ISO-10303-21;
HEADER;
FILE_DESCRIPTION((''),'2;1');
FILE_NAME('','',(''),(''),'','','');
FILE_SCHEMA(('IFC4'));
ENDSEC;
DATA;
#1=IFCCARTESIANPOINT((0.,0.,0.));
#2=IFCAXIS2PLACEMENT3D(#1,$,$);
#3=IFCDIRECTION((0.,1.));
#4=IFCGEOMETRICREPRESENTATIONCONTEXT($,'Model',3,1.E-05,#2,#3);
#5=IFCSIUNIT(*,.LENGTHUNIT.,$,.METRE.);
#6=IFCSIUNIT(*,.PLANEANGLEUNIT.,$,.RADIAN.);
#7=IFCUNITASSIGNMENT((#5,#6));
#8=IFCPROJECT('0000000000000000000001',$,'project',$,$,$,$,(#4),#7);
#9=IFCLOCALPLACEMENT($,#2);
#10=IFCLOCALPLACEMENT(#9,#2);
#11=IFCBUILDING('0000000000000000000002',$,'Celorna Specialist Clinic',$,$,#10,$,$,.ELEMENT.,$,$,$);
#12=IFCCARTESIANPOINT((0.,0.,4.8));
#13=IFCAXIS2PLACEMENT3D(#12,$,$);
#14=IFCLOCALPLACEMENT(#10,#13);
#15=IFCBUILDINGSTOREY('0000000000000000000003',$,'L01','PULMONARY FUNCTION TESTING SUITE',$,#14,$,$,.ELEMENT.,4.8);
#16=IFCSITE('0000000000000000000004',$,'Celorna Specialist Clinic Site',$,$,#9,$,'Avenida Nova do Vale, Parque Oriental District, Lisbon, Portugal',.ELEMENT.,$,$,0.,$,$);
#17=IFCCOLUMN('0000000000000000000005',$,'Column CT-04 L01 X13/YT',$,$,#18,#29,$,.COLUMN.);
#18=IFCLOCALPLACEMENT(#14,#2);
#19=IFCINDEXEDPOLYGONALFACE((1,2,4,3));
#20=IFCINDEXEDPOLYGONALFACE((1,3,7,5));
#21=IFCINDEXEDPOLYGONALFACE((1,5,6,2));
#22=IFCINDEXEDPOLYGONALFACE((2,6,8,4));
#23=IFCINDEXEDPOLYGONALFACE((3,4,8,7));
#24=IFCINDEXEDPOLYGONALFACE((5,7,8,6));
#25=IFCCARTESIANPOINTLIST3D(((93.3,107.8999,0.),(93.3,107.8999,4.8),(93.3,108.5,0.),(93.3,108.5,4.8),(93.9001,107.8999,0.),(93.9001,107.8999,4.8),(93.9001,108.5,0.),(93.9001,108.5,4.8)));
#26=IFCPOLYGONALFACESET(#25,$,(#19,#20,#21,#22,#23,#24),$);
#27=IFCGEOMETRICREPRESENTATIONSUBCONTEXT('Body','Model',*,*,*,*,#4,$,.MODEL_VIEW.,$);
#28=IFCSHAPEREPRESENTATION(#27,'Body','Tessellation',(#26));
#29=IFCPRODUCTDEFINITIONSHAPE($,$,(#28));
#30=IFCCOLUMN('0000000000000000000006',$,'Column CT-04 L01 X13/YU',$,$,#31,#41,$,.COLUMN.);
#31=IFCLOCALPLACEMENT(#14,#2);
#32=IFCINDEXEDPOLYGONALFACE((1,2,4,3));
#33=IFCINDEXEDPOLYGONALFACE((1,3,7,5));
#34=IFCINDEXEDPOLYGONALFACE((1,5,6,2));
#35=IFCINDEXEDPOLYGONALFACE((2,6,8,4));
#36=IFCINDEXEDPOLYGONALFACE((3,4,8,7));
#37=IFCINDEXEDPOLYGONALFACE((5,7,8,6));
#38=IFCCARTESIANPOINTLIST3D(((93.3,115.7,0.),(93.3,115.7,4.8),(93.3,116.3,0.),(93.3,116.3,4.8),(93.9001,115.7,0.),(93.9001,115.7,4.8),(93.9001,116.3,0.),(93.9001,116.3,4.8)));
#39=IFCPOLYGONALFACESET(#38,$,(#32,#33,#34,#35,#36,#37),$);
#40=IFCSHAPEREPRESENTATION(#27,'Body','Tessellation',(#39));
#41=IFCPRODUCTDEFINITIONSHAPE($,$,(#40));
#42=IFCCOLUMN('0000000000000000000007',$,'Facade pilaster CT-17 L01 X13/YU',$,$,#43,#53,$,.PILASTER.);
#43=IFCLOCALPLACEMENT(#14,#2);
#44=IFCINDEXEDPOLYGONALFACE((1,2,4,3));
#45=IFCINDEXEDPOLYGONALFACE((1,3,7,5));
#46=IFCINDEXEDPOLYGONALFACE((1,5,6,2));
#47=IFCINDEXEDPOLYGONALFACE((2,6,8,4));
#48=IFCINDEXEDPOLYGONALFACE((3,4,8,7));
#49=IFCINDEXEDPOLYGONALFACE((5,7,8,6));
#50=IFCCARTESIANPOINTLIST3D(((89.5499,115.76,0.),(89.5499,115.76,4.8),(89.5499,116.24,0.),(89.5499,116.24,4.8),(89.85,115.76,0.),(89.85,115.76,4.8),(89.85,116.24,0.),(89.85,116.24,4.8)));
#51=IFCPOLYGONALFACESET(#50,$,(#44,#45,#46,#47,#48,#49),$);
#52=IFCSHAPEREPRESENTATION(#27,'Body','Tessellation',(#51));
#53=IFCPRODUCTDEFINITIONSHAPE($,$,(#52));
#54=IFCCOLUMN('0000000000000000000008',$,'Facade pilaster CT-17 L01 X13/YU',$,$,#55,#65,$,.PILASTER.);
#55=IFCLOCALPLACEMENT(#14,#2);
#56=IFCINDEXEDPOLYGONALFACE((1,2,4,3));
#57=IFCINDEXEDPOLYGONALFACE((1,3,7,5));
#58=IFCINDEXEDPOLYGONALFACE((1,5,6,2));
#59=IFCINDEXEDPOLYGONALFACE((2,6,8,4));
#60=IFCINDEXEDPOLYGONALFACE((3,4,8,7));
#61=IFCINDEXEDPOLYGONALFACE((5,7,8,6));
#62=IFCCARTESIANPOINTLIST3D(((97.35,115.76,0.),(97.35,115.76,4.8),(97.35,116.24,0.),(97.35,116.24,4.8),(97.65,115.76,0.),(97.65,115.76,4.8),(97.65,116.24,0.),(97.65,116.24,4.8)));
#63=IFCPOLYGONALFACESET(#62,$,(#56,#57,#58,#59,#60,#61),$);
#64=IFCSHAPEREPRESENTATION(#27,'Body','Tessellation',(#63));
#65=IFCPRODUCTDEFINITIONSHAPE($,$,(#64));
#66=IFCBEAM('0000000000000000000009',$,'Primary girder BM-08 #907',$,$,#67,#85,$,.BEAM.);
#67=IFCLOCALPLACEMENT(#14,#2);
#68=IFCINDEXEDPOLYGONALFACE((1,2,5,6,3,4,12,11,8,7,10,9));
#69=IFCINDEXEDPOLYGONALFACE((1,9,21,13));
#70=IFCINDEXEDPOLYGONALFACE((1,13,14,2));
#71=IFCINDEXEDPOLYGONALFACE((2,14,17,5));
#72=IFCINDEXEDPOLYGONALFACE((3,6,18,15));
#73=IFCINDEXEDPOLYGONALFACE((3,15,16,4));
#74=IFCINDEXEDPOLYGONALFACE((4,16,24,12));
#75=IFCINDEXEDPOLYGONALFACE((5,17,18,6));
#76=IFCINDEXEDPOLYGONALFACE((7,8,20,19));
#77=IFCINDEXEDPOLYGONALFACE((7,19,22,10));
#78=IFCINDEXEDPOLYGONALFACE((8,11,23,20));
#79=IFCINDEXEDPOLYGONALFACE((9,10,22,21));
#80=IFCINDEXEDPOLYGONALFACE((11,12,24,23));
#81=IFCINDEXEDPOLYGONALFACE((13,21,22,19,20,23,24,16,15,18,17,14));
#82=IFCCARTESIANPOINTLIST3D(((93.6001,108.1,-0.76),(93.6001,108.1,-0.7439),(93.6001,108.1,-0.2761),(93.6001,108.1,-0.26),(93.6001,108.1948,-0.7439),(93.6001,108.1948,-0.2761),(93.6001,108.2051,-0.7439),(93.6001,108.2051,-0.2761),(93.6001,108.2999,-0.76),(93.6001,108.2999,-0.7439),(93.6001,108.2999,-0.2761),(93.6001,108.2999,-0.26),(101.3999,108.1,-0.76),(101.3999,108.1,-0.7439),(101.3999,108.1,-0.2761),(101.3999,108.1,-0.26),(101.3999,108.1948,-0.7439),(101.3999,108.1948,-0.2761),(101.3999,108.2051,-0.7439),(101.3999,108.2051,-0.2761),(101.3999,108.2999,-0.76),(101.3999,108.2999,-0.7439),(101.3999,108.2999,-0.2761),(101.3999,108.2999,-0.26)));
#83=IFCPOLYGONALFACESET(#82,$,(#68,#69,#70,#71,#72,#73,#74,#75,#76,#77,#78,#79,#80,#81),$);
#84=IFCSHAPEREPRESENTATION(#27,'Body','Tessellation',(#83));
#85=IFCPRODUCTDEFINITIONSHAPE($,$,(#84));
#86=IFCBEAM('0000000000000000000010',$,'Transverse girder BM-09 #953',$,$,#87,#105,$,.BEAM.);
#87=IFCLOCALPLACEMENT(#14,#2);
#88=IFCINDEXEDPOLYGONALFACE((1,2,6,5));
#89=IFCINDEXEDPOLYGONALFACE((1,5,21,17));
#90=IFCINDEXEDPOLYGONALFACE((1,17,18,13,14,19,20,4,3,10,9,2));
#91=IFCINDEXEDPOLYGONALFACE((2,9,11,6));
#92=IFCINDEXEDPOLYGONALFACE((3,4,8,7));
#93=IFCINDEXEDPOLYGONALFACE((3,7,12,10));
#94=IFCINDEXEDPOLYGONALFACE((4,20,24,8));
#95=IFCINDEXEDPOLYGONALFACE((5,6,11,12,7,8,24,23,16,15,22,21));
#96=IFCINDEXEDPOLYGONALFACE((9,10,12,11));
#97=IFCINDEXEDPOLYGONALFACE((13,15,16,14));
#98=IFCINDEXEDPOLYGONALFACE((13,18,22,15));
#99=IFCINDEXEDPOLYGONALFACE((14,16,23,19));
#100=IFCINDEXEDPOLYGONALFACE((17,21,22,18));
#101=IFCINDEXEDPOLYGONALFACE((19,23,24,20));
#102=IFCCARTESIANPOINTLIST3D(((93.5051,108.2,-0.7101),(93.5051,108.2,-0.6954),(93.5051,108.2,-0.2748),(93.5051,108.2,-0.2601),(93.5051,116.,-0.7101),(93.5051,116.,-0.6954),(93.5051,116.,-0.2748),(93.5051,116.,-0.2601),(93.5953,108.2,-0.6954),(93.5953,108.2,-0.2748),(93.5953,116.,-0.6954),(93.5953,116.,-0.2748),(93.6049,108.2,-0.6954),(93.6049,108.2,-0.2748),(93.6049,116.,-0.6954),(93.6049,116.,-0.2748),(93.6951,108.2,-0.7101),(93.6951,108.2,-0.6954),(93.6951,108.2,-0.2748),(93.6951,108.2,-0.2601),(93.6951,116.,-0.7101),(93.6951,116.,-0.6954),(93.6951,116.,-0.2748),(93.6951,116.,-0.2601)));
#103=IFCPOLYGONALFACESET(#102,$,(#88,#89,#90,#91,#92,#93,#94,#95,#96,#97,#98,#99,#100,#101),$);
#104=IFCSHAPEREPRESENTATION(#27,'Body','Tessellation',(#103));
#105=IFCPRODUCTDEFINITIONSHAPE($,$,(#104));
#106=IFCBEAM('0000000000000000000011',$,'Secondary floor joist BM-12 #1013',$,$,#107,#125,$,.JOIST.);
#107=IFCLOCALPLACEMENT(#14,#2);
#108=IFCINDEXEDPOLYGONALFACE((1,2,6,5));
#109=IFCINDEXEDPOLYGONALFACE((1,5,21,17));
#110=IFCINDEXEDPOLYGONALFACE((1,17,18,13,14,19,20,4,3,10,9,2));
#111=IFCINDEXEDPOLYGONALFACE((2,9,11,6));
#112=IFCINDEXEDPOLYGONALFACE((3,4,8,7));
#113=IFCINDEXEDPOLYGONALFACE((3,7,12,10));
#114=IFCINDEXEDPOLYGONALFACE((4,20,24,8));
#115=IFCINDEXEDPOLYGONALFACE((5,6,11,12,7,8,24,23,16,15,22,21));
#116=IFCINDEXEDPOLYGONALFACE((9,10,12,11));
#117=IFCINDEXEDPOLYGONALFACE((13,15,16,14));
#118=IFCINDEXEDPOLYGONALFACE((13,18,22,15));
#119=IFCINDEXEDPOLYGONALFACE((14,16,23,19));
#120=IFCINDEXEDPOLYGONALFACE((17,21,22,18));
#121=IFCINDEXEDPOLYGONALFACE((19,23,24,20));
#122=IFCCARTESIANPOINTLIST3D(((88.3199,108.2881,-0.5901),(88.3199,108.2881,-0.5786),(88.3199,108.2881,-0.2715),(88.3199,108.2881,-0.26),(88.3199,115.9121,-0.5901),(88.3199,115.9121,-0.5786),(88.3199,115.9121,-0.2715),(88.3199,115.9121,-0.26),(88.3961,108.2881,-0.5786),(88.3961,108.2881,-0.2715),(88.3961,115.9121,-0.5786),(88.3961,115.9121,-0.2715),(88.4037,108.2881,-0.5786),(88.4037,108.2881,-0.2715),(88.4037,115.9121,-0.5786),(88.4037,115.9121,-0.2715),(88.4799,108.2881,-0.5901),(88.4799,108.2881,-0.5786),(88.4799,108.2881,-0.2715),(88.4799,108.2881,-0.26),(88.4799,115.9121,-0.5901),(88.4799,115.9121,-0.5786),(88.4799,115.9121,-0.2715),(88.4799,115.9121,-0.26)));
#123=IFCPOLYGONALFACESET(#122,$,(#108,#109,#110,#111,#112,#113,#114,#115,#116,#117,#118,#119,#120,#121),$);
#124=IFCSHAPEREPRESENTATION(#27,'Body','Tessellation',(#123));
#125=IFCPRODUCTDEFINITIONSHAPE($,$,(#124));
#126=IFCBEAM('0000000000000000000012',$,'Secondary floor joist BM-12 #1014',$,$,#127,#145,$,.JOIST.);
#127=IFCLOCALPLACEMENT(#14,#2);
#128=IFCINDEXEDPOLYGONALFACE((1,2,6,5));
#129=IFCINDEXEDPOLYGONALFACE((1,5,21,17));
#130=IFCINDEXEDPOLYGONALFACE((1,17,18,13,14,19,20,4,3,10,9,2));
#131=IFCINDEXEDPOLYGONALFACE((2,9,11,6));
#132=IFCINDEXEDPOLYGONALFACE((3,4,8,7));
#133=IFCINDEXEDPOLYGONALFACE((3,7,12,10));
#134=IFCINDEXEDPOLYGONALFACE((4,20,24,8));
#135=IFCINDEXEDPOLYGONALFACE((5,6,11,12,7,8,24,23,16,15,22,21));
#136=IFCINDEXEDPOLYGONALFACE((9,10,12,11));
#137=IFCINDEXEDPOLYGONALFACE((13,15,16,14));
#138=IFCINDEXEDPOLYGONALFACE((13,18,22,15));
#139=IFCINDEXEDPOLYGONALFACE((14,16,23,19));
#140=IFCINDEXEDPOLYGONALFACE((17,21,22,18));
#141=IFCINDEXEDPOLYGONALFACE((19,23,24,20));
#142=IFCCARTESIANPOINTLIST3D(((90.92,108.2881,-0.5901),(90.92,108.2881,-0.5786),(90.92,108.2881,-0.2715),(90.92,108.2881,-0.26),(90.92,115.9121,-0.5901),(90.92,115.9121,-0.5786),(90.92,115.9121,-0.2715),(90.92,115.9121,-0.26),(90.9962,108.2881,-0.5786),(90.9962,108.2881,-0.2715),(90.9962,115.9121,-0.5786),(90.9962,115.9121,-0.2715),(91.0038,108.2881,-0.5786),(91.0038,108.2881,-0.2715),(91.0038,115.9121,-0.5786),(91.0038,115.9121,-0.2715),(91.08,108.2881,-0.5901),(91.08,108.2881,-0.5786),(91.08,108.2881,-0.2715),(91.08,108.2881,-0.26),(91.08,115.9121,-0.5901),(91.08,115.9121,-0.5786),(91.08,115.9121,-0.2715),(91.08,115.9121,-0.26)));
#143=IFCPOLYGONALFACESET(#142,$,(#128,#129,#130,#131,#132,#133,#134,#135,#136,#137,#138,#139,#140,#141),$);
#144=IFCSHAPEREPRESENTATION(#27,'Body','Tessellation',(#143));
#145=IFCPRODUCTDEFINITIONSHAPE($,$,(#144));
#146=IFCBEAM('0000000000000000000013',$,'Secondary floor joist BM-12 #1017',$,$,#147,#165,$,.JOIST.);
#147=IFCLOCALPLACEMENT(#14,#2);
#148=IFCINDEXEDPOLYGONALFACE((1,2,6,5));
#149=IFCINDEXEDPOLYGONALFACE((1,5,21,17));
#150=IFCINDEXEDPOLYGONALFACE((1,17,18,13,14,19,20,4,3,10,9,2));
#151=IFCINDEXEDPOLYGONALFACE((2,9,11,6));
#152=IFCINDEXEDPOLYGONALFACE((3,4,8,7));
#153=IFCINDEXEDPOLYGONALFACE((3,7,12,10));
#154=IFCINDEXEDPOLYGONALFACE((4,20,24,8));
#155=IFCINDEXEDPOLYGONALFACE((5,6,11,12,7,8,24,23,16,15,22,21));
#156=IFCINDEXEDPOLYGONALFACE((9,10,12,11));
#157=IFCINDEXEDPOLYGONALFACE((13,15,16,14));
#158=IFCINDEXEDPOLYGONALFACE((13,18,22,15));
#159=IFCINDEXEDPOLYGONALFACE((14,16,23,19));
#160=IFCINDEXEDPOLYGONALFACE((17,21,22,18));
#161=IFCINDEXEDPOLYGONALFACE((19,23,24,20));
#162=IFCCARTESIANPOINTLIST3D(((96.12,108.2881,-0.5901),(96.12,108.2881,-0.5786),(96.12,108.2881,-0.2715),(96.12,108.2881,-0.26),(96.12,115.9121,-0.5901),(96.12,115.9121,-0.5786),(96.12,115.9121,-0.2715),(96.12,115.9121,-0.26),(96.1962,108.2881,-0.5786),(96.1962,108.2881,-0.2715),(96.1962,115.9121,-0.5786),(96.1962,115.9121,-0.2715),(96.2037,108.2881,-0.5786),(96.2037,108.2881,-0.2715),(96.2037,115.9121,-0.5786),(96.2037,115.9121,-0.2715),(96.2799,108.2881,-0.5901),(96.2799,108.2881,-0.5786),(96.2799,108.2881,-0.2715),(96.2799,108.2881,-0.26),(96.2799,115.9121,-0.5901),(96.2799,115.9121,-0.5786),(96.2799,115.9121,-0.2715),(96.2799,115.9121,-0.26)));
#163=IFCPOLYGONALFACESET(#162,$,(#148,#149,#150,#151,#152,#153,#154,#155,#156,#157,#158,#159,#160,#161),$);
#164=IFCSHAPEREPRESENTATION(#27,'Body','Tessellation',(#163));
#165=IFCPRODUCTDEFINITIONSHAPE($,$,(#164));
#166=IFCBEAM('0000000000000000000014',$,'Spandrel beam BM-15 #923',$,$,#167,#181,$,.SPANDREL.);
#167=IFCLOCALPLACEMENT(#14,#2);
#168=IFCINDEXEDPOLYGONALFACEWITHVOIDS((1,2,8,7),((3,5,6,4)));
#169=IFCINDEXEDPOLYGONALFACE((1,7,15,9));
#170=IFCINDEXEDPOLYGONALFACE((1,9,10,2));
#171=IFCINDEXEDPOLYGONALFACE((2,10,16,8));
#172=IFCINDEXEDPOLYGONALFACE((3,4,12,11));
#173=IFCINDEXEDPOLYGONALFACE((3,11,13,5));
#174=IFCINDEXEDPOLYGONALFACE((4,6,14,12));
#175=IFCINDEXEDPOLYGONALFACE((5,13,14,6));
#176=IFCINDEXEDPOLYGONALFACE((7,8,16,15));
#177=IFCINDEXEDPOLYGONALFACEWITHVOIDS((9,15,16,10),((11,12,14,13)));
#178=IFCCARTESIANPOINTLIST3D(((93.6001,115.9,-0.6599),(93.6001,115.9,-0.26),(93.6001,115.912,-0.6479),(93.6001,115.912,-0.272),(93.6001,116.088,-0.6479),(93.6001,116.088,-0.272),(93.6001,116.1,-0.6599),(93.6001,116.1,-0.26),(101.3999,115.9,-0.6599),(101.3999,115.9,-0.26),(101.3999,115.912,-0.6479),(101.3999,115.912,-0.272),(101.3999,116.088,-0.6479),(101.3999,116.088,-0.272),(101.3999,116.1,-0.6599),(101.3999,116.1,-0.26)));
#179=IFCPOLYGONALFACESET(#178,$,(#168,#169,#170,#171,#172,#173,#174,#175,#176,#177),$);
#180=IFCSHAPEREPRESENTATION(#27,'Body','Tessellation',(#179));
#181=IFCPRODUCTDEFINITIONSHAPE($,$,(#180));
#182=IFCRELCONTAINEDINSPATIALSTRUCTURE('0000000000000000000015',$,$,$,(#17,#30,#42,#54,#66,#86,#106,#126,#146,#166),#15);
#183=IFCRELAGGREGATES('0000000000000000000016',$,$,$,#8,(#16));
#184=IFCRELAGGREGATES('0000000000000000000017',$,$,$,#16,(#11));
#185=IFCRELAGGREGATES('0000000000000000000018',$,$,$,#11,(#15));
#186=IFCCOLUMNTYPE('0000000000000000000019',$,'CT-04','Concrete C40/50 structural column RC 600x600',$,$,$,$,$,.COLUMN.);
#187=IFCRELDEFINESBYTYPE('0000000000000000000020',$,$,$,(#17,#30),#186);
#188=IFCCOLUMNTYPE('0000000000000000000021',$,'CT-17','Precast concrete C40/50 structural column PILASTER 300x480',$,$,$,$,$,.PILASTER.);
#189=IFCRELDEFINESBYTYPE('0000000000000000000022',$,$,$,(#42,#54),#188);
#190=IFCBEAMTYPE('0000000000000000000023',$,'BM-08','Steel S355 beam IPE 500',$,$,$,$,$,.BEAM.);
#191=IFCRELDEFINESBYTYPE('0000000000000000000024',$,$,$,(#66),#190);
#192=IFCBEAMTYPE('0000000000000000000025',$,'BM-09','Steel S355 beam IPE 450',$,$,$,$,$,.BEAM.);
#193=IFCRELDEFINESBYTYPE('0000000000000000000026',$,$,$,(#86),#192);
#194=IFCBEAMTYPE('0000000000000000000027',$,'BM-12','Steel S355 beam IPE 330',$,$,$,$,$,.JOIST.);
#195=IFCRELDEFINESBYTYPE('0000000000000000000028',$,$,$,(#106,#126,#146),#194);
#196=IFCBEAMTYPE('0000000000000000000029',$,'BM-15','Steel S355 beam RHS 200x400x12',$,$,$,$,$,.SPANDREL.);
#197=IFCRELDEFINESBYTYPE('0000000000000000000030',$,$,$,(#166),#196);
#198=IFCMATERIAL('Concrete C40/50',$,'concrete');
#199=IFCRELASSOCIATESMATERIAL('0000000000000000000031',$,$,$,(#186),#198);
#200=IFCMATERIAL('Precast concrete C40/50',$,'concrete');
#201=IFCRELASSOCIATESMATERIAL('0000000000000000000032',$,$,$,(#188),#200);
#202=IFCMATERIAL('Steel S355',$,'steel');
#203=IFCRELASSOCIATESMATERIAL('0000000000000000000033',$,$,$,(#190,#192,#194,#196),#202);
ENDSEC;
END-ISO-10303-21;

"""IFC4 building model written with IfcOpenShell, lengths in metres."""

from ifc_helpers import new_model, si_unit, direction, frame, origin, origin_2d, place, context, subcontext, project, spatial, rectangle, hollow_rectangle, i_section, extrude, material, material_profile, profile_set, type_object, element, save


model = new_model("IFC4")

# Units and contexts
model_context = context("Model", 3, precision=1e-05, world=origin(), true_north=direction((0.0, 1.0)))
body_context = subcontext(model_context, "Body", "Model", "MODEL_VIEW")
ifc_project = project(units=[si_unit("LENGTHUNIT", "METRE"), si_unit("PLANEANGLEUNIT", "RADIAN")], contexts=[model_context])

# Site, building, storey
site_placement = place(None, origin())
site = spatial("IfcSite", under=ifc_project, at=site_placement, Name="Celorna Specialist Clinic Site", LongName="Avenida Nova do Vale, Parque Oriental District, Lisbon, Portugal", CompositionType="ELEMENT", RefElevation=0.0)
building_placement = place(site_placement, origin())
building = spatial("IfcBuilding", under=site, at=building_placement, Name="Celorna Specialist Clinic", CompositionType="ELEMENT")
storey_placement = place(building_placement, frame((0.0, 0.0, 4.8)))
storey = spatial("IfcBuildingStorey", under=building, at=storey_placement, Name="L01", Description="PULMONARY FUNCTION TESTING SUITE", CompositionType="ELEMENT", Elevation=4.8)

# Columns
ifc_material_1 = material(Name="Concrete C40/50", Category="concrete")
ifc_material_profile_1 = material_profile(ifc_material_1, rectangle(XDim=0.6001, YDim=0.6001, at=origin_2d()), Name="RC 600x600")
ifc_profile_set_1 = profile_set([ifc_material_profile_1], Name="Concrete C40/50")
column_type_1 = type_object("IfcColumnType", Name="CT-04", Description="Concrete C40/50 structural column RC 600x600", PredefinedType="COLUMN", material=ifc_profile_set_1)
for number, where, z_axis, x_axis, name in (
    (1, (93.6001, 108.2, 0.0), (0.0, 0.0, 1.0), (1.0, 0.0, 0.0), "Column CT-04 L01 X13/YT"),
    (2, (93.6001, 116.0, 0.0), (0.0, 0.0, 1.0), (1.0, 0.0, 0.0), "Column CT-04 L01 X13/YU"),
):
    element("IfcColumn", number, at=place(storey_placement, frame(where, z_axis=z_axis, x_axis=x_axis)), inside=storey, type_object=column_type_1, Name=name, PredefinedType="COLUMN", context=body_context, shape_type="SweptSolid", body=[
        extrude(rectangle(XDim=0.6001, YDim=0.6001, at=origin_2d()), origin(), (0.0, 0.0, 1.0), 4.8),
    ])
ifc_material_2 = material(Name="Precast concrete C40/50", Category="concrete")
ifc_material_profile_2 = material_profile(ifc_material_2, rectangle(XDim=0.3, YDim=0.48, at=origin_2d()), Name="PILASTER 300x480")
ifc_profile_set_2 = profile_set([ifc_material_profile_2], Name="Precast concrete C40/50")
column_type_2 = type_object("IfcColumnType", Name="CT-17", Description="Precast concrete C40/50 structural column PILASTER 300x480", PredefinedType="PILASTER", material=ifc_profile_set_2)
for number, where, z_axis, x_axis, name in (
    (3, (89.7, 116.0, 0.0), (0.0, 0.0, 1.0), (1.0, 0.0, 0.0), "Facade pilaster CT-17 L01 X13/YU"),
    (4, (97.5, 116.0, 0.0), (0.0, 0.0, 1.0), (1.0, 0.0, 0.0), "Facade pilaster CT-17 L01 X13/YU"),
):
    element("IfcColumn", number, at=place(storey_placement, frame(where, z_axis=z_axis, x_axis=x_axis)), inside=storey, type_object=column_type_2, Name=name, PredefinedType="PILASTER", context=body_context, shape_type="SweptSolid", body=[
        extrude(rectangle(XDim=0.3, YDim=0.48, at=origin_2d()), origin(), (0.0, 0.0, 1.0), 4.8),
    ])

# Beams
ifc_material_3 = material(Name="Steel S355", Category="steel")
ifc_material_profile_3 = material_profile(ifc_material_3, i_section(OverallWidth=0.2, OverallDepth=0.5, WebThickness=0.0103, FlangeThickness=0.0161, at=origin_2d()), Name="IPE 500")
ifc_profile_set_3 = profile_set([ifc_material_profile_3], Name="Steel S355")
beam_type_1 = type_object("IfcBeamType", Name="BM-08", Description="Steel S355 beam IPE 500", PredefinedType="BEAM", material=ifc_profile_set_3)
beam_1_placement = place(storey_placement, frame((93.6001, 108.2, -0.51), z_axis=(1.0, 0.0, 0.0), x_axis=(0.0, 1.0, 0.0)))
element("IfcBeam", 5, at=beam_1_placement, inside=storey, type_object=beam_type_1, Name="Primary girder BM-08 #907", PredefinedType="BEAM", context=body_context, shape_type="SweptSolid", body=[
    extrude(i_section(OverallWidth=0.2, OverallDepth=0.5, WebThickness=0.0103, FlangeThickness=0.0161, at=origin_2d()), origin(), (0.0, 0.0, 1.0), 7.7998),
])
ifc_material_profile_4 = material_profile(ifc_material_3, i_section(OverallWidth=0.1899, OverallDepth=0.45, WebThickness=0.0095, FlangeThickness=0.0146, at=origin_2d()), Name="IPE 450")
ifc_profile_set_4 = profile_set([ifc_material_profile_4], Name="Steel S355")
beam_type_2 = type_object("IfcBeamType", Name="BM-09", Description="Steel S355 beam IPE 450", PredefinedType="BEAM", material=ifc_profile_set_4)
beam_2_placement = place(storey_placement, frame((93.6001, 108.2, -0.4851), z_axis=(0.0, 1.0, 0.0), x_axis=(-1.0, 0.0, 0.0)))
element("IfcBeam", 6, at=beam_2_placement, inside=storey, type_object=beam_type_2, Name="Transverse girder BM-09 #953", PredefinedType="BEAM", context=body_context, shape_type="SweptSolid", body=[
    extrude(i_section(OverallWidth=0.1899, OverallDepth=0.45, WebThickness=0.0095, FlangeThickness=0.0146, at=origin_2d()), origin(), (0.0, 0.0, 1.0), 7.8),
])
ifc_material_profile_5 = material_profile(ifc_material_3, i_section(OverallWidth=0.1599, OverallDepth=0.3301, WebThickness=0.0076, FlangeThickness=0.0115, at=origin_2d()), Name="IPE 330")
ifc_profile_set_5 = profile_set([ifc_material_profile_5], Name="Steel S355")
beam_type_3 = type_object("IfcBeamType", Name="BM-12", Description="Steel S355 beam IPE 330", PredefinedType="JOIST", material=ifc_profile_set_5)
for number, where, z_axis, x_axis, name in (
    (7, (88.3999, 108.2881, -0.425), (0.0, 1.0, 0.0), (-1.0, 0.0, 0.0), "Secondary floor joist BM-12 #1013"),
    (8, (91.0, 108.2881, -0.425), (0.0, 1.0, 0.0), (-1.0, 0.0, 0.0), "Secondary floor joist BM-12 #1014"),
    (9, (96.2, 108.2881, -0.425), (0.0, 1.0, 0.0), (-1.0, 0.0, 0.0), "Secondary floor joist BM-12 #1017"),
):
    element("IfcBeam", number, at=place(storey_placement, frame(where, z_axis=z_axis, x_axis=x_axis)), inside=storey, type_object=beam_type_3, Name=name, PredefinedType="JOIST", context=body_context, shape_type="SweptSolid", body=[
        extrude(i_section(OverallWidth=0.1599, OverallDepth=0.3301, WebThickness=0.0076, FlangeThickness=0.0115, at=origin_2d()), origin(), (0.0, 0.0, 1.0), 7.624),
    ])
ifc_material_profile_6 = material_profile(ifc_material_3, hollow_rectangle(XDim=0.2, YDim=0.3999, WallThickness=0.012, at=origin_2d()), Name="RHS 200x400x12")
ifc_profile_set_6 = profile_set([ifc_material_profile_6], Name="Steel S355")
beam_type_4 = type_object("IfcBeamType", Name="BM-15", Description="Steel S355 beam RHS 200x400x12", PredefinedType="SPANDREL", material=ifc_profile_set_6)
beam_3_placement = place(storey_placement, frame((93.6001, 116.0, -0.46), z_axis=(1.0, 0.0, 0.0), x_axis=(0.0, 1.0, 0.0)))
element("IfcBeam", 10, at=beam_3_placement, inside=storey, type_object=beam_type_4, Name="Spandrel beam BM-15 #923", PredefinedType="SPANDREL", context=body_context, shape_type="SweptSolid", body=[
    extrude(hollow_rectangle(XDim=0.2, YDim=0.3999, WallThickness=0.012, at=origin_2d()), origin(), (0.0, 0.0, 1.0), 7.7998),
])

save(model, "model.ifc")
